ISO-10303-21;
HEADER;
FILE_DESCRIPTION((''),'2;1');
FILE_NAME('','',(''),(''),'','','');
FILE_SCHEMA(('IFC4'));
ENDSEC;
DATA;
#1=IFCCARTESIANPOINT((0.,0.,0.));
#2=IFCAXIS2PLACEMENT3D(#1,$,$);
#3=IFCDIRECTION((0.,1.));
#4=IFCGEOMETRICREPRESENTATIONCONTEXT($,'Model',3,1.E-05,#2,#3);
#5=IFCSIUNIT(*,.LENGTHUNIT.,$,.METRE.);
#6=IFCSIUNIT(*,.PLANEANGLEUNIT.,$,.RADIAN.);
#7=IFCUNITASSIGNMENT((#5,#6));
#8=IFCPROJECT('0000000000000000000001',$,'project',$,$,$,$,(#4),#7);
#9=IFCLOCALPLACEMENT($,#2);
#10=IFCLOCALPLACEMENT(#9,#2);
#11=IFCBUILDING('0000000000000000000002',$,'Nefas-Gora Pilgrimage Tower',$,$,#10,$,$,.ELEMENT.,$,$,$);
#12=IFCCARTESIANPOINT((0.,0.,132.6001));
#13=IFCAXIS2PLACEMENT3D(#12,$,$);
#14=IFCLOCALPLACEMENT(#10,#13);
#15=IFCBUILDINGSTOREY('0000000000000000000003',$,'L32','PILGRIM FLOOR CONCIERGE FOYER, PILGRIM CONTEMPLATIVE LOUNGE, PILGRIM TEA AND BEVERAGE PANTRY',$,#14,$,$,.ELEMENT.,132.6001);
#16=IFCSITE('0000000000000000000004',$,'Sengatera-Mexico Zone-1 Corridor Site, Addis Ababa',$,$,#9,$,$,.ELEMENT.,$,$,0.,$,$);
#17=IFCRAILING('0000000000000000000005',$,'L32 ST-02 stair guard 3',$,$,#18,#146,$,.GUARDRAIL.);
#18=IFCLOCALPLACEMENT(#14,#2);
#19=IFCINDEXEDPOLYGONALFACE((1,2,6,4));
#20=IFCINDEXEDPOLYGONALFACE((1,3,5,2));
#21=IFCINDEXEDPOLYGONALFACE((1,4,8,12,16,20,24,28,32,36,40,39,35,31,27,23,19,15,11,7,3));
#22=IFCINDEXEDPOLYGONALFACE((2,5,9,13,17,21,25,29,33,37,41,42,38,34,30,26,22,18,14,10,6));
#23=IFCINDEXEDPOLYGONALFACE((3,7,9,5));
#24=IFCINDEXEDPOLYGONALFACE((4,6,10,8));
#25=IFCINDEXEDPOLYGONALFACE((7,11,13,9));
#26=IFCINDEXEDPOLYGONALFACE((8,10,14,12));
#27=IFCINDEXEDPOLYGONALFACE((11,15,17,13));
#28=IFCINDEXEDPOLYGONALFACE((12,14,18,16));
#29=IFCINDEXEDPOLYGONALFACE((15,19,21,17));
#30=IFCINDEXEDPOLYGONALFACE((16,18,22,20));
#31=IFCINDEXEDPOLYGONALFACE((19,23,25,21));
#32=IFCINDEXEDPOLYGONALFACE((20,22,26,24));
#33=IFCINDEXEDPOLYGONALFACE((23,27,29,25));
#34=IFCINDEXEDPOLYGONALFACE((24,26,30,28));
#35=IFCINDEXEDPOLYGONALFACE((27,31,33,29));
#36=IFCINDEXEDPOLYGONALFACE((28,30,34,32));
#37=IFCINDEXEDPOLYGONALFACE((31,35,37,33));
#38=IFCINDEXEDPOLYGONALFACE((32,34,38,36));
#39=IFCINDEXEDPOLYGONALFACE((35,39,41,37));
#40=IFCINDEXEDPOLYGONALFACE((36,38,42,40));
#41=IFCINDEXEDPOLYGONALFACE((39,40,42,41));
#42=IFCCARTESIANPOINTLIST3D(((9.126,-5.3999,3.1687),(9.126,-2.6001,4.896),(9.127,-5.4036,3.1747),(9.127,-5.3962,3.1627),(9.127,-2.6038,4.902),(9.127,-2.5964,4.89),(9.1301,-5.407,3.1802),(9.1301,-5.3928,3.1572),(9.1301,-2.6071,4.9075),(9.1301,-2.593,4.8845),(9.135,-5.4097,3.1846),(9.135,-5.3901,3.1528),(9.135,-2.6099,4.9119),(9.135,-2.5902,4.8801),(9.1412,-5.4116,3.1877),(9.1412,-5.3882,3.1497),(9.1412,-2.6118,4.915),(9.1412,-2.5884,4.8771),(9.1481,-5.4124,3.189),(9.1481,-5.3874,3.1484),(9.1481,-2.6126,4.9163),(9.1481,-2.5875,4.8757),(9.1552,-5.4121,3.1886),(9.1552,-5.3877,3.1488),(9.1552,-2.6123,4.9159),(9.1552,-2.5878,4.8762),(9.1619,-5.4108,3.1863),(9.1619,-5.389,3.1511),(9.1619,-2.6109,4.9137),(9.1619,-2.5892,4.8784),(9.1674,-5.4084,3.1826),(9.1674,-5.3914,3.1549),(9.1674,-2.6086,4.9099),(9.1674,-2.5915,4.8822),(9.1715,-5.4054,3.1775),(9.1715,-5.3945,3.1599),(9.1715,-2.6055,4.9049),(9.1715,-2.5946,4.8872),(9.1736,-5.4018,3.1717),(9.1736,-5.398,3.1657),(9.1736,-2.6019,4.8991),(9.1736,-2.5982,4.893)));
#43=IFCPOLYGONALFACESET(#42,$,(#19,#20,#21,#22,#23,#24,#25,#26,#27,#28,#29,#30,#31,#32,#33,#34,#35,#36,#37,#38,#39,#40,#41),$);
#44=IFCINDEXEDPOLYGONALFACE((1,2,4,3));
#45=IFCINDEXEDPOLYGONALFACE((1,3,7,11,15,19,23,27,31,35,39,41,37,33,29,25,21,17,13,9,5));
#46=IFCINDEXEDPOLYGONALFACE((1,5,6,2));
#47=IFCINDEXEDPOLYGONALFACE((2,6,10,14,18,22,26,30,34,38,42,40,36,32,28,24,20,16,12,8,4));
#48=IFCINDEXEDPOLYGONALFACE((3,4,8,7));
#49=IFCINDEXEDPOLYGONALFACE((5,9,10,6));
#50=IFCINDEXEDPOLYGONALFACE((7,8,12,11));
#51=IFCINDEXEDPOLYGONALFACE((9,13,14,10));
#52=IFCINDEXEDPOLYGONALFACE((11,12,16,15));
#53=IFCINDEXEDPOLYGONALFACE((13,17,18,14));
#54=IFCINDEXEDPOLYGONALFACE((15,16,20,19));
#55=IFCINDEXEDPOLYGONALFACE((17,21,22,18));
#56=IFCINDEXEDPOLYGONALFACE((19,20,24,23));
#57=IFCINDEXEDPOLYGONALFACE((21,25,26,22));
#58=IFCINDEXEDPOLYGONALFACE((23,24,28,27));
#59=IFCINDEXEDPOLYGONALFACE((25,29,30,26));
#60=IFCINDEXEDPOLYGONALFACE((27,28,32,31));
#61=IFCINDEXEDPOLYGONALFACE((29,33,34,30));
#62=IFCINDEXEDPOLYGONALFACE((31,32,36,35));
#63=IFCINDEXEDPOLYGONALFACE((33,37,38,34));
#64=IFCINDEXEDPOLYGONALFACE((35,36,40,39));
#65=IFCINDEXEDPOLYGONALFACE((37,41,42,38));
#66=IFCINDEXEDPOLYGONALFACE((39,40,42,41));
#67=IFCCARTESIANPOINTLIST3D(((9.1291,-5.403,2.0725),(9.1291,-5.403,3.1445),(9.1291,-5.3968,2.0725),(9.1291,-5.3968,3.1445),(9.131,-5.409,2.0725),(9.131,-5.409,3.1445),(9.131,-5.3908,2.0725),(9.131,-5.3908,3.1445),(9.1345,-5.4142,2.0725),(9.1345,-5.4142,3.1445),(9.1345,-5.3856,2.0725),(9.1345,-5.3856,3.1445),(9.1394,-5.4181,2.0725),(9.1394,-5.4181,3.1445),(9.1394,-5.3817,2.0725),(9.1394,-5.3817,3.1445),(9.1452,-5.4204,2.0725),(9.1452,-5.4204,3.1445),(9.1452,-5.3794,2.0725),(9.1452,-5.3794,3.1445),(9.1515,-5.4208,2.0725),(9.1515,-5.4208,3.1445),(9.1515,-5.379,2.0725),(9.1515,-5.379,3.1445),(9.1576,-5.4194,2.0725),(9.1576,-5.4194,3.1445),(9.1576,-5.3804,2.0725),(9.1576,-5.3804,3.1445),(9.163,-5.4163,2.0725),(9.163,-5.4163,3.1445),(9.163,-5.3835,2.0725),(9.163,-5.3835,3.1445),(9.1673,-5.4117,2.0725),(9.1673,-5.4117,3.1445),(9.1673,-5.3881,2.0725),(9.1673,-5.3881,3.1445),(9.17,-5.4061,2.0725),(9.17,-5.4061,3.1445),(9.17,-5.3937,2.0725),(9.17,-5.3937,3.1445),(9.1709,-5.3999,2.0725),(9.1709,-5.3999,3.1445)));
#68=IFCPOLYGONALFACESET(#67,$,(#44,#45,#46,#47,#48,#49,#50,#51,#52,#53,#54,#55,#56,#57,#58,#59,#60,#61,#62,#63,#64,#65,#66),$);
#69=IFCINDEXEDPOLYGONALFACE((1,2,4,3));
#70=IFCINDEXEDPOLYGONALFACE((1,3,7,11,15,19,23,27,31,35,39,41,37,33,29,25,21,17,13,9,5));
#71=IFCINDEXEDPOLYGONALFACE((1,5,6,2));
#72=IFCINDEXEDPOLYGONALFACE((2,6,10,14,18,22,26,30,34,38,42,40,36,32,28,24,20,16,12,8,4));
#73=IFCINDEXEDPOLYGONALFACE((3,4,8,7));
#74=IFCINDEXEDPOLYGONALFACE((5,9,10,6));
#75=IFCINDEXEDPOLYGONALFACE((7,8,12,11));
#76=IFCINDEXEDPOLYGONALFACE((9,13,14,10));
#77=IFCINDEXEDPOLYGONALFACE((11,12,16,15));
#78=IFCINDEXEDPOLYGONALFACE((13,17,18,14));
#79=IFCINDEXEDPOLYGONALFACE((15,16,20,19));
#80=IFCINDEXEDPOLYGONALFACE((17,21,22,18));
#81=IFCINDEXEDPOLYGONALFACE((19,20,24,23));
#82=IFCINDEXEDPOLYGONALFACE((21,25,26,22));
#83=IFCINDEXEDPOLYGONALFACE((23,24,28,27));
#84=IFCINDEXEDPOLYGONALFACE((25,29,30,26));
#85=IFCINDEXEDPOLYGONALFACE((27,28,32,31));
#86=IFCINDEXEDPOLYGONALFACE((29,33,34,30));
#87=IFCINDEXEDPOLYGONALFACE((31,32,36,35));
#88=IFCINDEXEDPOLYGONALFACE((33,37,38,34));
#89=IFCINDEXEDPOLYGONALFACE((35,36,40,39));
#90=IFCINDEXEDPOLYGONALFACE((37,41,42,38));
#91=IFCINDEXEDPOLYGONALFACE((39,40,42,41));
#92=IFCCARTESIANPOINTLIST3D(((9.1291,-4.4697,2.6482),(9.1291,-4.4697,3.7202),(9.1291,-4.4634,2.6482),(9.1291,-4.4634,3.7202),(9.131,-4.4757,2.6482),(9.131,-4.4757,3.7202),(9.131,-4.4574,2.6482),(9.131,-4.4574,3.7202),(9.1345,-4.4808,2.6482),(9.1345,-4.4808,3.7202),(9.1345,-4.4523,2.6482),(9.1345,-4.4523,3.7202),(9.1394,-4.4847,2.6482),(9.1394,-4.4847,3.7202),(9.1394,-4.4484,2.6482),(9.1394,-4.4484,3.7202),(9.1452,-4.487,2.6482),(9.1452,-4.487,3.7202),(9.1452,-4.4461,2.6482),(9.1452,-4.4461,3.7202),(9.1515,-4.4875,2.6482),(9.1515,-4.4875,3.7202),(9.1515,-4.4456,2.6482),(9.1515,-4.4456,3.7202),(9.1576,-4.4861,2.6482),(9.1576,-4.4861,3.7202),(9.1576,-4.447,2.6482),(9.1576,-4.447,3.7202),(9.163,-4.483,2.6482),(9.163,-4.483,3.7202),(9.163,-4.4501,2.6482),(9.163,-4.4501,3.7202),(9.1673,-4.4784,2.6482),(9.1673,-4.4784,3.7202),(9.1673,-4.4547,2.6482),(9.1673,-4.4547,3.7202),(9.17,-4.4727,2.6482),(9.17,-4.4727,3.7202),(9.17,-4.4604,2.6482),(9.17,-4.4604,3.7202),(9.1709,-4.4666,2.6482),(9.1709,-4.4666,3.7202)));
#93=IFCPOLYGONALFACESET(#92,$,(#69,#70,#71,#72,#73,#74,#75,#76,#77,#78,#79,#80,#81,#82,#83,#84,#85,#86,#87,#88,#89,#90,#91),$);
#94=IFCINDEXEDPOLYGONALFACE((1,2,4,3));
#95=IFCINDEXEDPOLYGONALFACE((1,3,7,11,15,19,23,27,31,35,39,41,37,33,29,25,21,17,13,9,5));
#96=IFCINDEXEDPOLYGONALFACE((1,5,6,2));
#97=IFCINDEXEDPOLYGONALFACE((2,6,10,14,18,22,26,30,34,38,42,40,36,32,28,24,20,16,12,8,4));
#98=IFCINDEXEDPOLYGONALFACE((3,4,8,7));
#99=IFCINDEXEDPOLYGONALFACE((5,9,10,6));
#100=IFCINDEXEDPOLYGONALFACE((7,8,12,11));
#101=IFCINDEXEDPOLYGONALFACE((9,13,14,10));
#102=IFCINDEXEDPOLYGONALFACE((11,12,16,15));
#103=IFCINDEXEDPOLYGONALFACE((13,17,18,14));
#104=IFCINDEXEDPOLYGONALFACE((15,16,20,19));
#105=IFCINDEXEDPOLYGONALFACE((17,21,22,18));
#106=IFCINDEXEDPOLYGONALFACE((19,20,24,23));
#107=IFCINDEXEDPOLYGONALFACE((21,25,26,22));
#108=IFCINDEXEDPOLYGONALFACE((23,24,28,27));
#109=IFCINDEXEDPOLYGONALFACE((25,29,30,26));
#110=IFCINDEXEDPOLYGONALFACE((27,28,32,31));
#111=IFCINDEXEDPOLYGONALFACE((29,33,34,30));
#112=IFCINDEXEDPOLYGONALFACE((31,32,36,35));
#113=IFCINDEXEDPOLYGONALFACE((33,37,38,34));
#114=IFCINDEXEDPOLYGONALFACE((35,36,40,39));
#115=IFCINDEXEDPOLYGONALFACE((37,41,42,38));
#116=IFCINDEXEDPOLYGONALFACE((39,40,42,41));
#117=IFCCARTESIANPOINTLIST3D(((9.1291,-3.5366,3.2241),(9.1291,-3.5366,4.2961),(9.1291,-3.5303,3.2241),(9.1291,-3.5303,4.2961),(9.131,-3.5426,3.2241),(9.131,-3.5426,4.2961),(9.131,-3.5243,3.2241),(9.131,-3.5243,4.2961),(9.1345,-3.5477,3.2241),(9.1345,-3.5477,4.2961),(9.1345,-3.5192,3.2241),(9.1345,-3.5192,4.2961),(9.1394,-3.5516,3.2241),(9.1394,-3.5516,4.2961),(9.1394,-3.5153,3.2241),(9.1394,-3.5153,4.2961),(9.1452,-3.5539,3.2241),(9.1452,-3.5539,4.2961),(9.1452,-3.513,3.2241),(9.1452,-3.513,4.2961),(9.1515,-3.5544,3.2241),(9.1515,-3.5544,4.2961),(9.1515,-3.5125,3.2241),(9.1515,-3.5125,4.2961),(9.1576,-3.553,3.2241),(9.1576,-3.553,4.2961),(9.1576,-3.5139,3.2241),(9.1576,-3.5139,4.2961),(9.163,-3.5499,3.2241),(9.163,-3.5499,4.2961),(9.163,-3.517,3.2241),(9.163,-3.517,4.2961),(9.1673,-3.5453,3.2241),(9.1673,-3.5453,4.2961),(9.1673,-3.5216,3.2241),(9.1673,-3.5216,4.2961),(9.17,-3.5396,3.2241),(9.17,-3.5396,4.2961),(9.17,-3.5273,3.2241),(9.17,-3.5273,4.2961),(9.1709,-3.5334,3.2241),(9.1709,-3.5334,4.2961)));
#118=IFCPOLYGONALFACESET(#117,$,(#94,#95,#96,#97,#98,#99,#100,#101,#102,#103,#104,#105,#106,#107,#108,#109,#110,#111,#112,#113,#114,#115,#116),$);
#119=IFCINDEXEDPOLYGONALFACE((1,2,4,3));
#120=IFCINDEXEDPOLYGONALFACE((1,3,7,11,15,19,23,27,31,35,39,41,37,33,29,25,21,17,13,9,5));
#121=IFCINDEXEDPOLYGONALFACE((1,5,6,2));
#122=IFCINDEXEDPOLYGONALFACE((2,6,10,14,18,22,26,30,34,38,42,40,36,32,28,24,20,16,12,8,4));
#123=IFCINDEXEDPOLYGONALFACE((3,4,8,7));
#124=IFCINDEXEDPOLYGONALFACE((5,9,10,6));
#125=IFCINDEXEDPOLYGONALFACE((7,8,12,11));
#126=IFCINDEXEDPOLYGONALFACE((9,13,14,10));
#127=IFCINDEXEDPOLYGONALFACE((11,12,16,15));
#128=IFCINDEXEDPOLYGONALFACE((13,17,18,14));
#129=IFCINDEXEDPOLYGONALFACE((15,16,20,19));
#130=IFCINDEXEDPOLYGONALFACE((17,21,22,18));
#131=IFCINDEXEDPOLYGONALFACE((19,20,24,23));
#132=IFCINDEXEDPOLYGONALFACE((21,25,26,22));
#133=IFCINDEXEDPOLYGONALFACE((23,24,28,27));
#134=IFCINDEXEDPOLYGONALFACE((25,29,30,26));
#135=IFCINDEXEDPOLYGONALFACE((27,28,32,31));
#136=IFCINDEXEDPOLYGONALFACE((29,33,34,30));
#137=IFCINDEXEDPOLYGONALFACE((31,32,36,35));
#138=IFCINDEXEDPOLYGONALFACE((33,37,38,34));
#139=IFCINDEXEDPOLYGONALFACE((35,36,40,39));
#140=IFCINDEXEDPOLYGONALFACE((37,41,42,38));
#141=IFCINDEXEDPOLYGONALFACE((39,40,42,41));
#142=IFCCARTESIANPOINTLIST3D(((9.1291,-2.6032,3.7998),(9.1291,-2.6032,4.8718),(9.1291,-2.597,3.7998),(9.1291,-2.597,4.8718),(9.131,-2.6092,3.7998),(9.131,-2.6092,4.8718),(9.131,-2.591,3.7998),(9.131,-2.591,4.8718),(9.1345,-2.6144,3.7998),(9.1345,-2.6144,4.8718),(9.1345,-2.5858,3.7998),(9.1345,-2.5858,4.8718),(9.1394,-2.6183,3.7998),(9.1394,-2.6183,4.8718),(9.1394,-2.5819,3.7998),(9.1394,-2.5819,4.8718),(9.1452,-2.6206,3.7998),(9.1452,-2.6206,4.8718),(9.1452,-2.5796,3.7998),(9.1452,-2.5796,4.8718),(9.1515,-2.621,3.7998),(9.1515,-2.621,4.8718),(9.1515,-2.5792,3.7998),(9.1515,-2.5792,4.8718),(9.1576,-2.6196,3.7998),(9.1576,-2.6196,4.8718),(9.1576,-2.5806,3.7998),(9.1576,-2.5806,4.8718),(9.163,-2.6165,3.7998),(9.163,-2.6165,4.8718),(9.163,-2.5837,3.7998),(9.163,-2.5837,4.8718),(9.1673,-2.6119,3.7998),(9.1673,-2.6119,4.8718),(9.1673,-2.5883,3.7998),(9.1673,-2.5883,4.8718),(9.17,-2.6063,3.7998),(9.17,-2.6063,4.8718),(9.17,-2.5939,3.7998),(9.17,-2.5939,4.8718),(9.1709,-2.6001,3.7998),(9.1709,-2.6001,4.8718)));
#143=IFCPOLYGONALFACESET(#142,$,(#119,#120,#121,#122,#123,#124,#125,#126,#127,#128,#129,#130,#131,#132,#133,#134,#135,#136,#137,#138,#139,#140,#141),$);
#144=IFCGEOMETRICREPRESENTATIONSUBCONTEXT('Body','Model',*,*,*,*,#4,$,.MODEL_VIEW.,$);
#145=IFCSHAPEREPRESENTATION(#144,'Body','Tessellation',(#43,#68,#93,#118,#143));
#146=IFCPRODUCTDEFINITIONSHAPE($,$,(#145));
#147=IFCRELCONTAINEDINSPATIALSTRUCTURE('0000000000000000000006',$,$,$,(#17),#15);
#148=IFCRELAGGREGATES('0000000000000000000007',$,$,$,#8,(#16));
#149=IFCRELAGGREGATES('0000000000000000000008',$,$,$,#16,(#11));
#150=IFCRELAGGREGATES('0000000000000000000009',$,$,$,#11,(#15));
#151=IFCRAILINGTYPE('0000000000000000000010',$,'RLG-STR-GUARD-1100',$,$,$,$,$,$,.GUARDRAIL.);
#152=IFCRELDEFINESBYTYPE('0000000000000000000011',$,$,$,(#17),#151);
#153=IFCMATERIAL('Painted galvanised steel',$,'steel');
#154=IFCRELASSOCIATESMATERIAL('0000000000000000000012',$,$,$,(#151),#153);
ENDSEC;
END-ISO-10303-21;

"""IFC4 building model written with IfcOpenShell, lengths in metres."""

from ifc_helpers import new_model, si_unit, direction, frame, origin, origin_2d, place, context, subcontext, project, spatial, circle, extrude, material, type_object, element, save


model = new_model("IFC4")

# Units and contexts
model_context = context("Model", 3, precision=1e-05, world=origin(), true_north=direction((0.0, 1.0)))
body_context = subcontext(model_context, "Body", "Model", "MODEL_VIEW")
ifc_project = project(units=[si_unit("LENGTHUNIT", "METRE"), si_unit("PLANEANGLEUNIT", "RADIAN")], contexts=[model_context])

# Site, building, storey
site_placement = place(None, origin())
site = spatial("IfcSite", under=ifc_project, at=site_placement, Name="Sengatera-Mexico Zone-1 Corridor Site, Addis Ababa", CompositionType="ELEMENT", RefElevation=0.0)
building_placement = place(site_placement, origin())
building = spatial("IfcBuilding", under=site, at=building_placement, Name="Nefas-Gora Pilgrimage Tower", CompositionType="ELEMENT")
storey_placement = place(building_placement, frame((0.0, 0.0, 132.6001)))
storey = spatial("IfcBuildingStorey", under=building, at=storey_placement, Name="L32", Description="PILGRIM FLOOR CONCIERGE FOYER, PILGRIM CONTEMPLATIVE LOUNGE, PILGRIM TEA AND BEVERAGE PANTRY", CompositionType="ELEMENT", Elevation=132.6001)

# Railing
ifc_material_1 = material(Name="Painted galvanised steel", Category="steel")
railing_type_1 = type_object("IfcRailingType", Name="RLG-STR-GUARD-1100", PredefinedType="GUARDRAIL", material=ifc_material_1)
railing_1_placement = place(storey_placement, frame((9.1499, -5.3999, 2.0725)))
element("IfcRailing", 1, at=railing_1_placement, inside=storey, type_object=railing_type_1, Name="L32 ST-02 stair guard 3", PredefinedType="GUARDRAIL", context=body_context, shape_type="SweptSolid", body=[
    extrude(circle(Radius=0.0239, at=origin_2d()), frame((0.0, 0.0, 1.0962), z_axis=(0.0, 0.851069, 0.525054), x_axis=(-1.0, 0.0, 0.0)), (0.0, 0.0, 1.0), 3.2898),
    extrude(circle(Radius=0.021, at=origin_2d()), origin(), (0.0, 0.0, 1.0), 1.072),
    extrude(circle(Radius=0.021, at=origin_2d()), frame((0.0, 0.9333, 0.5757)), (0.0, 0.0, 1.0), 1.072),
    extrude(circle(Radius=0.021, at=origin_2d()), frame((0.0, 1.8665, 1.1516)), (0.0, 0.0, 1.0), 1.072),
    extrude(circle(Radius=0.021, at=origin_2d()), frame((0.0, 2.7998, 1.7273)), (0.0, 0.0, 1.0), 1.072),
])

save(model, "model.ifc")
